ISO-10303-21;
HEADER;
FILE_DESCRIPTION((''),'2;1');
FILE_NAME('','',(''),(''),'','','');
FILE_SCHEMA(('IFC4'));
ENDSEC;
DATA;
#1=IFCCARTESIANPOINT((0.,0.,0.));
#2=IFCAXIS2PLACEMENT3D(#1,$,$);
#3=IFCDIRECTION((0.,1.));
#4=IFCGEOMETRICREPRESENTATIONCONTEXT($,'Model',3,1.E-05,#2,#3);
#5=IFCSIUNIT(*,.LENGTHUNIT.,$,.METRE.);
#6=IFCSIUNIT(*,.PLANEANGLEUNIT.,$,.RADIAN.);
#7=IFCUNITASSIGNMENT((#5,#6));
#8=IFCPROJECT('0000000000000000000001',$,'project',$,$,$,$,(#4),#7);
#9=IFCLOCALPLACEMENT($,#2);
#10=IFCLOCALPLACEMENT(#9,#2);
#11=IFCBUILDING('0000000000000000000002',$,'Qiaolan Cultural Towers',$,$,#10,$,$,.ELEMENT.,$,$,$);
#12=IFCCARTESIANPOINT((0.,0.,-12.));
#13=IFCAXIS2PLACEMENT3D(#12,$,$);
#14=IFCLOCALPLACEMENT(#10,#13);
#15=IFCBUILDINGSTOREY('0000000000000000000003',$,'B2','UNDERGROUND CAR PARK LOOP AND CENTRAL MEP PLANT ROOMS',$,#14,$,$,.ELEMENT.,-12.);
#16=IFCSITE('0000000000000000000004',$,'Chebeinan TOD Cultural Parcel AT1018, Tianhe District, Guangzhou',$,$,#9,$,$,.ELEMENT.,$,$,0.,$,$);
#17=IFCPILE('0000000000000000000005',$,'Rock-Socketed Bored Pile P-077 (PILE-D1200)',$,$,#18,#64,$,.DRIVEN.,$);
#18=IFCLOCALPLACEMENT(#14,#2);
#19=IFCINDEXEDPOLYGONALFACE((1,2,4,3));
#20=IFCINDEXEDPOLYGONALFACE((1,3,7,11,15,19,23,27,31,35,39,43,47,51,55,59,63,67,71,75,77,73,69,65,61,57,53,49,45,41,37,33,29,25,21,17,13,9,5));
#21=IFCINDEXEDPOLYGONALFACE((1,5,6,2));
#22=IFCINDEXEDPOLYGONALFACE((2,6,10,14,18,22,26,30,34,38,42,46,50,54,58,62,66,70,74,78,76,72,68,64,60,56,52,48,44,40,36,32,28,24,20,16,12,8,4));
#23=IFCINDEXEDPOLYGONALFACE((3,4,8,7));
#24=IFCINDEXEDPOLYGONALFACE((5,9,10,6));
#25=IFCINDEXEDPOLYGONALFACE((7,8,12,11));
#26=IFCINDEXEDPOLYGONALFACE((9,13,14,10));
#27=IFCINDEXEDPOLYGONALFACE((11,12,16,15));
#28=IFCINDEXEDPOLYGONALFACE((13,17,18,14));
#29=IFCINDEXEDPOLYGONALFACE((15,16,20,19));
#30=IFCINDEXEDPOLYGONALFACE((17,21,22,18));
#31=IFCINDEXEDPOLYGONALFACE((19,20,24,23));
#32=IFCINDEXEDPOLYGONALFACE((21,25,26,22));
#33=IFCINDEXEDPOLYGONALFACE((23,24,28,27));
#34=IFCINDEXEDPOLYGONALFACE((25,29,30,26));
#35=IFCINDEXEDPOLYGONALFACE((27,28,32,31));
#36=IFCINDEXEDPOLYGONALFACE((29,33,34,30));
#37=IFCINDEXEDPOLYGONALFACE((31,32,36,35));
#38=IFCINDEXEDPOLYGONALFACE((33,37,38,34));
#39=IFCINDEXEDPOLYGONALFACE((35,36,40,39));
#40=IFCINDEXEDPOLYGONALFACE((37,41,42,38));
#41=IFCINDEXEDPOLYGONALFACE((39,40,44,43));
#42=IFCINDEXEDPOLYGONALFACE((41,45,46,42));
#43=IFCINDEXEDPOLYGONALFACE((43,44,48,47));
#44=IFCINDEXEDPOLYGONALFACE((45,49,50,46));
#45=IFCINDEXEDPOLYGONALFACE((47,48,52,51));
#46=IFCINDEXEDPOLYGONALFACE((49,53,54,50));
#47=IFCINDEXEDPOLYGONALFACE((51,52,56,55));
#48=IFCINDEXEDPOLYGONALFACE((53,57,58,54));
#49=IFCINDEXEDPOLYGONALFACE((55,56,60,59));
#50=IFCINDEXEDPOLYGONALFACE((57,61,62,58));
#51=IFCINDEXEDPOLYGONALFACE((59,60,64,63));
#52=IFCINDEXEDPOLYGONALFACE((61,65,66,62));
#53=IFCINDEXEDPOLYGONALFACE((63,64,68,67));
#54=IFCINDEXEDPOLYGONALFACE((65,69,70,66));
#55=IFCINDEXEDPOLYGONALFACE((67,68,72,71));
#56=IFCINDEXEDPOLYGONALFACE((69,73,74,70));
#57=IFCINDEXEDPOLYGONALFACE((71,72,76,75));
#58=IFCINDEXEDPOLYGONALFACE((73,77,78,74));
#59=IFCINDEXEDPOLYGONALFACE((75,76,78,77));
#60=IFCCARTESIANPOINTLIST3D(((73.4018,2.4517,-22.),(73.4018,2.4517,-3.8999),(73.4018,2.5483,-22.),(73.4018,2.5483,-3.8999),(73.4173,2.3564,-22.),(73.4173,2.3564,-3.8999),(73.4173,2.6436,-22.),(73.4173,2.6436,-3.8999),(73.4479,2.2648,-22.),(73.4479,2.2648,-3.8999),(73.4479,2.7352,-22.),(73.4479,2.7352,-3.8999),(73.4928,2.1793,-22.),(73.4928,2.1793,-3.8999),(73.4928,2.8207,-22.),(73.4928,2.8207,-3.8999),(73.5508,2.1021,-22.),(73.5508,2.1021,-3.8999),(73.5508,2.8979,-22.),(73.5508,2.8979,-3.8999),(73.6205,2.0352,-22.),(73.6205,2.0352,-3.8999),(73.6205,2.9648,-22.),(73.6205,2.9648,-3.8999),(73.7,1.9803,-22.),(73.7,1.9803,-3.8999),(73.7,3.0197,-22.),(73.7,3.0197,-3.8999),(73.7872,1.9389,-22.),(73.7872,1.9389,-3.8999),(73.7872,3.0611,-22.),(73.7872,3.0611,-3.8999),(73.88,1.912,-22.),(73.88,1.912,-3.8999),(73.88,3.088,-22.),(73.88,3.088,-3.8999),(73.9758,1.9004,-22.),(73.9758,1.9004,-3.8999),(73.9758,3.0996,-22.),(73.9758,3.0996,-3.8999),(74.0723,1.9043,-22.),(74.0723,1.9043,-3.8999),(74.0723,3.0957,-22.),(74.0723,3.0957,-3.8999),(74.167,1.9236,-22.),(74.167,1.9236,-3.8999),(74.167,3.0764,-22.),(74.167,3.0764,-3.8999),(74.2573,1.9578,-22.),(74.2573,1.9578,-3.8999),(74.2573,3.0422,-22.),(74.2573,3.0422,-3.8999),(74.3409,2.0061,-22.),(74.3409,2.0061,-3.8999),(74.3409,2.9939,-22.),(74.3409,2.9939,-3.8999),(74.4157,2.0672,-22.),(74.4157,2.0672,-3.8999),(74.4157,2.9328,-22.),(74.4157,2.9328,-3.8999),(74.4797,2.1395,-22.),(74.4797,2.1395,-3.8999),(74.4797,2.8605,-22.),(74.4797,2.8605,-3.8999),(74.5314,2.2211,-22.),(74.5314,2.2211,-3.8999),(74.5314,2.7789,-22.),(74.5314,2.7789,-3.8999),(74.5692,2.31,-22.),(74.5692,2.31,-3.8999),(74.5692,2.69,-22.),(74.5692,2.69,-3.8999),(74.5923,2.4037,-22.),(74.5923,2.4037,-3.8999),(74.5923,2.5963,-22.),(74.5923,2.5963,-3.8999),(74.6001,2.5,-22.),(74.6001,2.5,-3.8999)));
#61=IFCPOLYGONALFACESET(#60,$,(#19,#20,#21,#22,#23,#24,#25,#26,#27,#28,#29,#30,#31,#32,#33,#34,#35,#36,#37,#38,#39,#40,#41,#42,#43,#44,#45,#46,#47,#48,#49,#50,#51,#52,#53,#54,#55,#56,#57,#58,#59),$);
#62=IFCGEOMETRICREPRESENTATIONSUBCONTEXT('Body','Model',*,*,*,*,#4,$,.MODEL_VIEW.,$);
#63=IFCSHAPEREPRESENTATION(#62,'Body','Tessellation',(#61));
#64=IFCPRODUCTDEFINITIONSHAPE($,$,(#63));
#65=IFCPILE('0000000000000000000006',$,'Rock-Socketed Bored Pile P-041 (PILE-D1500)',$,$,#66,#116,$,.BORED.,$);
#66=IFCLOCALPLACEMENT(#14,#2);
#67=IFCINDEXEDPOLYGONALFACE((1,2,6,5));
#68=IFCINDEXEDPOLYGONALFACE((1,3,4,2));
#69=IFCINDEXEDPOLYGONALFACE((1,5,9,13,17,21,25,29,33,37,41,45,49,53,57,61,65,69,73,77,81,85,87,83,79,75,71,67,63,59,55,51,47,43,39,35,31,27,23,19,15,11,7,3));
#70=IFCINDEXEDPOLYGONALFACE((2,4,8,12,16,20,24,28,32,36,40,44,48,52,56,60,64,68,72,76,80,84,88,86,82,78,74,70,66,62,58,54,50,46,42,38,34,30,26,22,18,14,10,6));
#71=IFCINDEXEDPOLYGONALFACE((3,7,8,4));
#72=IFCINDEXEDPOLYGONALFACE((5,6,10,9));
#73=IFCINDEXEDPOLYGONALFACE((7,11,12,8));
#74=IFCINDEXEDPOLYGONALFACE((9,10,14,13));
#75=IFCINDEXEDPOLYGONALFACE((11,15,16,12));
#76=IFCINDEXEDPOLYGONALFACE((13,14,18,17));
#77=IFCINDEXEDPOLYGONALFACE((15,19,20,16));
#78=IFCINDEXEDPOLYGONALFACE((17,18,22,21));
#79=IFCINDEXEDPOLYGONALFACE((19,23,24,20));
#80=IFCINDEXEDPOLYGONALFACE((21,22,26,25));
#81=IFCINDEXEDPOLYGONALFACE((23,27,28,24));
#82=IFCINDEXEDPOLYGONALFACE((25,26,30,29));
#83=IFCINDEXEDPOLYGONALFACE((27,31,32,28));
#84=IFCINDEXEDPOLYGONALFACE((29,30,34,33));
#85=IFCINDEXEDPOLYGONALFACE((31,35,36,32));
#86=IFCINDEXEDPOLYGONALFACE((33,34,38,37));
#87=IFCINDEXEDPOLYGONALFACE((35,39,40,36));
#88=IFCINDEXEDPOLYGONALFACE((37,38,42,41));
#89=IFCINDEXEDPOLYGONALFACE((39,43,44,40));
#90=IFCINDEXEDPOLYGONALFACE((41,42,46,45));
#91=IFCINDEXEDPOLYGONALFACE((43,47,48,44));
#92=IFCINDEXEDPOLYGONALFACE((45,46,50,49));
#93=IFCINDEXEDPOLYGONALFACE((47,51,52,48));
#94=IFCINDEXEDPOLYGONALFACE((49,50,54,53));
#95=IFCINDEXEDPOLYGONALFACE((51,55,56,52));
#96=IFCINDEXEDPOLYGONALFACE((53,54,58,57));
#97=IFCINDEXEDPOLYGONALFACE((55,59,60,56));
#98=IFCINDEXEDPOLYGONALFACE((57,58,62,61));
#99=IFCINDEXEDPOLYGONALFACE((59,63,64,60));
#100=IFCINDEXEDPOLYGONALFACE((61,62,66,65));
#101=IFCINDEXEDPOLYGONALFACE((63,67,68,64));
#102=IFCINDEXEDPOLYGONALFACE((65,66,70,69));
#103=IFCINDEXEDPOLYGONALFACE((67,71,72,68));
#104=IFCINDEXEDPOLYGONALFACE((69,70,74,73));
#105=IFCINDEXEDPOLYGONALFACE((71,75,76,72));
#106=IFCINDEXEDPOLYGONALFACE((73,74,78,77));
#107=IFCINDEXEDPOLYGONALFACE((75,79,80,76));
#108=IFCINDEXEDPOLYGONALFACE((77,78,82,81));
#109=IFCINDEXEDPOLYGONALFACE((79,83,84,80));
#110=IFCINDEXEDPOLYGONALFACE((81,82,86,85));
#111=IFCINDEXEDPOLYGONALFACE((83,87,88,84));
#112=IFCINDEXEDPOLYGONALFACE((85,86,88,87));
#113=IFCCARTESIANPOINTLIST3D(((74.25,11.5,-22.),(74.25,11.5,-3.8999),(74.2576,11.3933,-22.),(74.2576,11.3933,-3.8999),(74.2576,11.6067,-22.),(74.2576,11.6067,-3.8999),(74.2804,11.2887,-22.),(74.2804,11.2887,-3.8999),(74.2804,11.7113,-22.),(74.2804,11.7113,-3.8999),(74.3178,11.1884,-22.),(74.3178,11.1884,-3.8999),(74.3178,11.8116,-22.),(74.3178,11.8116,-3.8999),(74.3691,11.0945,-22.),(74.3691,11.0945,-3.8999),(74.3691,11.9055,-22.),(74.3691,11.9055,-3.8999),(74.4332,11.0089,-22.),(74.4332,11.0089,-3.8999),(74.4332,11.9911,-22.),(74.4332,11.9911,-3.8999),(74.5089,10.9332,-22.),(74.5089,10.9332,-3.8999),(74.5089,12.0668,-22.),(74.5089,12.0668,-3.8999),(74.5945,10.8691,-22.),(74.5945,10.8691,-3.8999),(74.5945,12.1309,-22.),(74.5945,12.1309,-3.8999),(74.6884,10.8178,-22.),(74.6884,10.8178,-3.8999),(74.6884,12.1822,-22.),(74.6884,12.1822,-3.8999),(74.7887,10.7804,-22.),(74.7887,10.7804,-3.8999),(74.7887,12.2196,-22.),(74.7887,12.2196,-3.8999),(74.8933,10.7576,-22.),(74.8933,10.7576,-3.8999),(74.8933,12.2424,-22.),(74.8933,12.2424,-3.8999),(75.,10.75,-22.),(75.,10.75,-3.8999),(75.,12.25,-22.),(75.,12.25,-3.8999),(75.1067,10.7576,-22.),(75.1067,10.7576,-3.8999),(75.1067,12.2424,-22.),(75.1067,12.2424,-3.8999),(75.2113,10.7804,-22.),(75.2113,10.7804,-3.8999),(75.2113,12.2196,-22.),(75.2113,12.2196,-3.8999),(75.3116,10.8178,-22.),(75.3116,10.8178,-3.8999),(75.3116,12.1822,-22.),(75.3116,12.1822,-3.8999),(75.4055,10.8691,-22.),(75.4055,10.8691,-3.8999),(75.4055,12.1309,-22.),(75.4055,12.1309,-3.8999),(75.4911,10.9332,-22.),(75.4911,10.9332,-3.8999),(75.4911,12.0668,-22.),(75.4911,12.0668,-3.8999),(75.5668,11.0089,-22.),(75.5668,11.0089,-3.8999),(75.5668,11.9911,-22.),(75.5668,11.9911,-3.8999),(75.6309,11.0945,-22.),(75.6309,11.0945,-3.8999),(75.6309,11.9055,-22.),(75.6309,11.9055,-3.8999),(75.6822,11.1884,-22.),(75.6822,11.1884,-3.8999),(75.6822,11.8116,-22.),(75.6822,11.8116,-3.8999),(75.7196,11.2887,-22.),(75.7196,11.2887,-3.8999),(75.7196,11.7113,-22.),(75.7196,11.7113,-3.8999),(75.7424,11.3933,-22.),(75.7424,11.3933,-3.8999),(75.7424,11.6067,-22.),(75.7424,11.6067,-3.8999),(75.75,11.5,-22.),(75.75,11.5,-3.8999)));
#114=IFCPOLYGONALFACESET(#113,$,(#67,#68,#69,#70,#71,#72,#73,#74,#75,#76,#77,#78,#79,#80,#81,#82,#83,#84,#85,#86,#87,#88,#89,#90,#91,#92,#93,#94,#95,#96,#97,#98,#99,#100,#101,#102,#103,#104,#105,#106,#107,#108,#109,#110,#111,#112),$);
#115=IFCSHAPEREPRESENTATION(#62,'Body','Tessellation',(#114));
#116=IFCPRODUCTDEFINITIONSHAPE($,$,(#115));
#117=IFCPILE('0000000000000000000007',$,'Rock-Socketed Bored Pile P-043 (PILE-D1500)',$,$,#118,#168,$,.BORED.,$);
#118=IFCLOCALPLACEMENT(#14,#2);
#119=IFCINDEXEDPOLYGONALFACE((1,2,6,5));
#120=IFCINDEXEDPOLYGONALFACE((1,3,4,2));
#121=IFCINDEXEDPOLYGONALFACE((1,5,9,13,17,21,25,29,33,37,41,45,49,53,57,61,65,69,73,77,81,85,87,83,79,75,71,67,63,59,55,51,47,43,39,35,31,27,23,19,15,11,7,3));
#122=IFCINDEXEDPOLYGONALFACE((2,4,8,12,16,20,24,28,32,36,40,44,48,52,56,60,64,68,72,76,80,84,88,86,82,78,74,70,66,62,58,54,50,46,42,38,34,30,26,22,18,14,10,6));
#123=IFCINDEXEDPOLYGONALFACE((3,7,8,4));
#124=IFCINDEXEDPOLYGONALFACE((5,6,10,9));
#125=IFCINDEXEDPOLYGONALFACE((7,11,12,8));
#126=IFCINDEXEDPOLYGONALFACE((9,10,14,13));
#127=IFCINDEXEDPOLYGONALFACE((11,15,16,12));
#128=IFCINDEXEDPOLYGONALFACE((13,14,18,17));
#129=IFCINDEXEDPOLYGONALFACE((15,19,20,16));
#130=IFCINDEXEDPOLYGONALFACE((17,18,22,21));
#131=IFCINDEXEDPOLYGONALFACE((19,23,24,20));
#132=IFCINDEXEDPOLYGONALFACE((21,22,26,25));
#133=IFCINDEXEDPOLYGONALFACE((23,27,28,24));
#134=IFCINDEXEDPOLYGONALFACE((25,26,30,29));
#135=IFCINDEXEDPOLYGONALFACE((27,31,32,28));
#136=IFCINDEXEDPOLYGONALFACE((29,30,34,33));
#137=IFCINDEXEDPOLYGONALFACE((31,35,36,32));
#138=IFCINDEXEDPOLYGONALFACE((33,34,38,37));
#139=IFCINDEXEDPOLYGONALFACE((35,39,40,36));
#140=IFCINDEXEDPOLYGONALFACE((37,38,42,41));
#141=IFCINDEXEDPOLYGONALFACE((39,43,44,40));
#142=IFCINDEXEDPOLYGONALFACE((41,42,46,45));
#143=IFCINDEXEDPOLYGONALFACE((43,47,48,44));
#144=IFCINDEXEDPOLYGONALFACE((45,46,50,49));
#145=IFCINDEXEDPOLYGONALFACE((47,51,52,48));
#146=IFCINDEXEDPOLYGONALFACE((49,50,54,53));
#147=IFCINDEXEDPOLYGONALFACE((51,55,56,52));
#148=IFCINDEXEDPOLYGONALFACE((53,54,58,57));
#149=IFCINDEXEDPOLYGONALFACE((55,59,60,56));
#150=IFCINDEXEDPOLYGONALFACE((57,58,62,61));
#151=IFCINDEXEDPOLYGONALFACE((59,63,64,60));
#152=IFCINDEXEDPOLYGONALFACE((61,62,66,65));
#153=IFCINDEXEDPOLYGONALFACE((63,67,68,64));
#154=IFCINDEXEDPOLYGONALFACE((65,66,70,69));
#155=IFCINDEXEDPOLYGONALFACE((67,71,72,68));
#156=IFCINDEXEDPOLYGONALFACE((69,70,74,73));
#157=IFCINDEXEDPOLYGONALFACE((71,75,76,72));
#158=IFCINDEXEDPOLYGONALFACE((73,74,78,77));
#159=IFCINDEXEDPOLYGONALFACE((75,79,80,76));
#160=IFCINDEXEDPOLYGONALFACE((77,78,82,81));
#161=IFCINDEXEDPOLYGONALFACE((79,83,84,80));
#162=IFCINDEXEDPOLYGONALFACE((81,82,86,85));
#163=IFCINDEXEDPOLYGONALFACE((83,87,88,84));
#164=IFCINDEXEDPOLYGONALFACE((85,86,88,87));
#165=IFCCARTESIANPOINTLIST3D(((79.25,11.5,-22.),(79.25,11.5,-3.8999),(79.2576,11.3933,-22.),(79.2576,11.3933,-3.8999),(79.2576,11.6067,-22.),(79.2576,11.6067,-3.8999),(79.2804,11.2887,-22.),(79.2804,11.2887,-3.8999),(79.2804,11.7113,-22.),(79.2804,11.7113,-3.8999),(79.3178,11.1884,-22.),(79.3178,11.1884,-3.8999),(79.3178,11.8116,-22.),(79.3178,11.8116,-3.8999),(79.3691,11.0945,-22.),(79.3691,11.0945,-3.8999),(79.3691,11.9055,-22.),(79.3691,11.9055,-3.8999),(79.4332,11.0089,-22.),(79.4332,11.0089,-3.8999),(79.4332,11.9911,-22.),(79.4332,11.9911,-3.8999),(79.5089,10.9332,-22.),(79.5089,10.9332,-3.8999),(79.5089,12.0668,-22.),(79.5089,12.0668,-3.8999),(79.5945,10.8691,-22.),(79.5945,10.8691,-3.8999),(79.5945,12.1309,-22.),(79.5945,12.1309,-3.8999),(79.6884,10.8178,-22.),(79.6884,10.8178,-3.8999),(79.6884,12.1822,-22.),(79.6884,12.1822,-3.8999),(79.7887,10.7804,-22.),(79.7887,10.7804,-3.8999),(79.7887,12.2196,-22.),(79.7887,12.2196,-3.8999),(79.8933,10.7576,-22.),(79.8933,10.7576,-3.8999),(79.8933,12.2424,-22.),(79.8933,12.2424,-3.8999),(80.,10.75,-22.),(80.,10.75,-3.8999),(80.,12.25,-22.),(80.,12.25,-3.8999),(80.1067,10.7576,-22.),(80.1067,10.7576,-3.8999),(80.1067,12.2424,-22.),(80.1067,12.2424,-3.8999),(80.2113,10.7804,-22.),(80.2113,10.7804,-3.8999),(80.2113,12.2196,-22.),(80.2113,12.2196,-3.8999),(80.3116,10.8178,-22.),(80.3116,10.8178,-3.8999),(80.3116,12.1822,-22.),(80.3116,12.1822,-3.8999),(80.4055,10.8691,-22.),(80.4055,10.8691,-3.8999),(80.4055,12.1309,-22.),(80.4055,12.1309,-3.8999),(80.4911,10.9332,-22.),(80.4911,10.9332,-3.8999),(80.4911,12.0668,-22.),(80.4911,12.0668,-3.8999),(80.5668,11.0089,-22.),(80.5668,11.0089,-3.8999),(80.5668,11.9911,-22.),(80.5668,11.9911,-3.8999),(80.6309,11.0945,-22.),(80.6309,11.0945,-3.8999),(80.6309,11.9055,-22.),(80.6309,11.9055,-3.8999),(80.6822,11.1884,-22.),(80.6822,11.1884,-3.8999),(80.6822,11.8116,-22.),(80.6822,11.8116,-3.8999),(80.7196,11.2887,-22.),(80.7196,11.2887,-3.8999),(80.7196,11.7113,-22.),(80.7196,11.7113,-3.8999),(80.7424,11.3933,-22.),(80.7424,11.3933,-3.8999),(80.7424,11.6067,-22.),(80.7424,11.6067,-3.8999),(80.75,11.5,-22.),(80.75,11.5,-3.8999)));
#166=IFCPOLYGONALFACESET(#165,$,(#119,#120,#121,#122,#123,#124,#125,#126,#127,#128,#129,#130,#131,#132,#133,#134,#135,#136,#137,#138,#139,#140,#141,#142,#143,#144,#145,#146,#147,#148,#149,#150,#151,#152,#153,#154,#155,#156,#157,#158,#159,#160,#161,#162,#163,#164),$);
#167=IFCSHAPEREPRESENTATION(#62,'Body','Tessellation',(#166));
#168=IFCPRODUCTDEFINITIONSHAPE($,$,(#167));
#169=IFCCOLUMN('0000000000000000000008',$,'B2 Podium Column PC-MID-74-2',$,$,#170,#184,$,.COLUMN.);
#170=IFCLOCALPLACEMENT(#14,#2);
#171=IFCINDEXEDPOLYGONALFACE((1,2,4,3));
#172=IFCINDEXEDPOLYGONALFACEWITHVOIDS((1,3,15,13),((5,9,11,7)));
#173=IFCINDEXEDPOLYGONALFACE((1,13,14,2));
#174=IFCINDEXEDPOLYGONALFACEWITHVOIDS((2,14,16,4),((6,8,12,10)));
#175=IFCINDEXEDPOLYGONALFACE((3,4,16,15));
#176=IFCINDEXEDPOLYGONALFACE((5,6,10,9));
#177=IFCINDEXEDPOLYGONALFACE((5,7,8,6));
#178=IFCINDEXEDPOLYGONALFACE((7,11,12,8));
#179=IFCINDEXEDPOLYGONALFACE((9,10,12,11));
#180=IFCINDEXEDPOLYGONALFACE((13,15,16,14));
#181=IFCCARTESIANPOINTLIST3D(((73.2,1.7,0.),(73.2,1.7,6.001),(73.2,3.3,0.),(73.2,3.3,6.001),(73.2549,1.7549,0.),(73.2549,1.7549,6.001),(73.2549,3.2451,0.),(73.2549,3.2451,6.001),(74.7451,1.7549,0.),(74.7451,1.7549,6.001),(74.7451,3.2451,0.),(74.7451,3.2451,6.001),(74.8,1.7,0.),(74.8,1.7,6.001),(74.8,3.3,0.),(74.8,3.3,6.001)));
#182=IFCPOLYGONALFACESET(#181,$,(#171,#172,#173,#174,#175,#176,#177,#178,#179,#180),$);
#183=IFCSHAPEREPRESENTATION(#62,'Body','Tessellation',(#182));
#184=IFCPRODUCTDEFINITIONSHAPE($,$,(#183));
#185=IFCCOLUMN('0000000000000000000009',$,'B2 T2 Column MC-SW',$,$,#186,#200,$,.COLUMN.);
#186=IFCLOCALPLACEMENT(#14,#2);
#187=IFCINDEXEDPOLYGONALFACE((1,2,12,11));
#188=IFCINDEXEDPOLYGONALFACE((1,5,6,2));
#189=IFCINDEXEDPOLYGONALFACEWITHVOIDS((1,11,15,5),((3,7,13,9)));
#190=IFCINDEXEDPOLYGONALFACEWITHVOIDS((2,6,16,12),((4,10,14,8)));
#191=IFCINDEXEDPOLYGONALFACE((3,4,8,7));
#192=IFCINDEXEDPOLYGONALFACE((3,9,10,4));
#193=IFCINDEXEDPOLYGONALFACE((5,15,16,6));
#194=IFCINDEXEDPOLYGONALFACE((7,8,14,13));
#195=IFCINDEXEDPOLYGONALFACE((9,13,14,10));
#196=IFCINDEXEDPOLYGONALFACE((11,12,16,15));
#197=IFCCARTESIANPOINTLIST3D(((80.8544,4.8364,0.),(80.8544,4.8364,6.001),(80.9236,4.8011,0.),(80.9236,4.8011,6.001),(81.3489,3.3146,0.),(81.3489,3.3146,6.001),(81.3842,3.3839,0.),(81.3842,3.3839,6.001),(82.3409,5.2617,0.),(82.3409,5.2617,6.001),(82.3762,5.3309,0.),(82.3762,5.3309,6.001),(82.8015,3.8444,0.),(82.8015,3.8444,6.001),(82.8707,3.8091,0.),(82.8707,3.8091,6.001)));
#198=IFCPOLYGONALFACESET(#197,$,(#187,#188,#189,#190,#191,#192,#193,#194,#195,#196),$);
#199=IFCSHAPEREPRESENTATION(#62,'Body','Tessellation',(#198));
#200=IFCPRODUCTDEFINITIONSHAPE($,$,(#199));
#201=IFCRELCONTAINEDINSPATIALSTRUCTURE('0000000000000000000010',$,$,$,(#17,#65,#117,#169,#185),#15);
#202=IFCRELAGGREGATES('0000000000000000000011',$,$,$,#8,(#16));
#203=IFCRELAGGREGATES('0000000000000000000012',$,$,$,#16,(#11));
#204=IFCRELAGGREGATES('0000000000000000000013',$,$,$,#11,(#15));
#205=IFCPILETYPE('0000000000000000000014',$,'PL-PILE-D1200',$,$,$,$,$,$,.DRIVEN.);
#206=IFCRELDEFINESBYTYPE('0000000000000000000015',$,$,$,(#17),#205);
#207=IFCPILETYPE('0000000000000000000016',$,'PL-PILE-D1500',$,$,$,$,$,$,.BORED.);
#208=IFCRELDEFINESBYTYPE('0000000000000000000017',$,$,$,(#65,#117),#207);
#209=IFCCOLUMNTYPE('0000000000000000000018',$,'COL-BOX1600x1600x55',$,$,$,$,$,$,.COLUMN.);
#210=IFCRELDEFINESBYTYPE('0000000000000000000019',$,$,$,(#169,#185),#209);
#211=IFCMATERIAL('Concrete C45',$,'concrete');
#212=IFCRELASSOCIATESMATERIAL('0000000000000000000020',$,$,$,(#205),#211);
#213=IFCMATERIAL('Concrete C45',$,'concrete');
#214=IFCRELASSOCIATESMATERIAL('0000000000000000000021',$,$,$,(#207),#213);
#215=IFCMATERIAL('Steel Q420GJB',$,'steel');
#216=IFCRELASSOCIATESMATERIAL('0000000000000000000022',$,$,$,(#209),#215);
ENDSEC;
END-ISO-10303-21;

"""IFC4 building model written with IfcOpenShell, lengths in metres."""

from ifc_helpers import new_model, si_unit, direction, frame, origin, origin_2d, place, context, subcontext, project, spatial, hollow_rectangle, circle, extrude, material, material_profile, profile_set, type_object, element, save


model = new_model("IFC4")

# Units and contexts
model_context = context("Model", 3, precision=1e-05, world=origin(), true_north=direction((0.0, 1.0)))
body_context = subcontext(model_context, "Body", "Model", "MODEL_VIEW")
ifc_project = project(units=[si_unit("LENGTHUNIT", "METRE"), si_unit("PLANEANGLEUNIT", "RADIAN")], contexts=[model_context])

# Site, building, storey
site_placement = place(None, origin())
site = spatial("IfcSite", under=ifc_project, at=site_placement, Name="Chebeinan TOD Cultural Parcel AT1018, Tianhe District, Guangzhou", CompositionType="ELEMENT", RefElevation=0.0)
building_placement = place(site_placement, origin())
building = spatial("IfcBuilding", under=site, at=building_placement, Name="Qiaolan Cultural Towers", CompositionType="ELEMENT")
storey_placement = place(building_placement, frame((0.0, 0.0, -12.0)))
storey = spatial("IfcBuildingStorey", under=building, at=storey_placement, Name="B2", Description="UNDERGROUND CAR PARK LOOP AND CENTRAL MEP PLANT ROOMS", CompositionType="ELEMENT", Elevation=-12.0)

# Piles
ifc_material_1 = material(Name="Concrete C45", Category="concrete")
ifc_material_profile_1 = material_profile(ifc_material_1, circle(Radius=0.6001, at=origin_2d()), Name="PILE-D1200")
ifc_profile_set_1 = profile_set([ifc_material_profile_1], Name="Concrete C45")
pile_type_1 = type_object("IfcPileType", Name="PL-PILE-D1200", PredefinedType="DRIVEN", material=ifc_profile_set_1)
pile_placement = place(storey_placement, frame((74.0, 2.5, -3.8999), z_axis=(0.0, 0.0, -1.0), x_axis=(1.0, 0.0, 0.0)))
element("IfcPile", 1, at=pile_placement, inside=storey, type_object=pile_type_1, Name="Rock-Socketed Bored Pile P-077 (PILE-D1200)", PredefinedType="DRIVEN", context=body_context, shape_type="SweptSolid", body=[
    extrude(circle(Radius=0.6001, at=origin_2d()), origin(), (0.0, 0.0, 1.0), 18.1001),
])
ifc_material_2 = material(Name="Concrete C45", Category="concrete")
ifc_material_profile_2 = material_profile(ifc_material_2, circle(Radius=0.75, at=origin_2d()), Name="PILE-D1500")
ifc_profile_set_2 = profile_set([ifc_material_profile_2], Name="Concrete C45")
pile_type_2 = type_object("IfcPileType", Name="PL-PILE-D1500", PredefinedType="BORED", material=ifc_profile_set_2)
for number, where, z_axis, x_axis, name in (
    (2, (75.0, 11.5, -3.8999), (0.0, 0.0, -1.0), (1.0, 0.0, 0.0), "Rock-Socketed Bored Pile P-041 (PILE-D1500)"),
    (3, (80.0, 11.5, -3.8999), (0.0, 0.0, -1.0), (1.0, 0.0, 0.0), "Rock-Socketed Bored Pile P-043 (PILE-D1500)"),
):
    element("IfcPile", number, at=place(storey_placement, frame(where, z_axis=z_axis, x_axis=x_axis)), inside=storey, type_object=pile_type_2, Name=name, PredefinedType="BORED", context=body_context, shape_type="SweptSolid", body=[
        extrude(circle(Radius=0.75, at=origin_2d()), origin(), (0.0, 0.0, 1.0), 18.1001),
    ])

# Columns
ifc_material_3 = material(Name="Steel Q420GJB", Category="steel")
ifc_material_profile_3 = material_profile(ifc_material_3, hollow_rectangle(XDim=1.6001, YDim=1.6001, WallThickness=0.0549, at=origin_2d()), Name="BOX1600x1600x55")
ifc_profile_set_3 = profile_set([ifc_material_profile_3], Name="Steel Q420GJB")
column_type_1 = type_object("IfcColumnType", Name="COL-BOX1600x1600x55", PredefinedType="COLUMN", material=ifc_profile_set_3)
for number, where, z_axis, x_axis, name in (
    (4, (74.0, 2.5, 0.0), (0.0, 0.0, 1.0), (1.0, 0.0, 0.0), "B2 Podium Column PC-MID-74-2"),
    (5, (81.8625, 4.3228, 0.0), (0.0, 0.0, 1.0), (0.951057, 0.309017, 0.0), "B2 T2 Column MC-SW"),
):
    element("IfcColumn", number, at=place(storey_placement, frame(where, z_axis=z_axis, x_axis=x_axis)), inside=storey, type_object=column_type_1, Name=name, PredefinedType="COLUMN", context=body_context, shape_type="SweptSolid", body=[
        extrude(hollow_rectangle(XDim=1.6001, YDim=1.6001, WallThickness=0.0549, at=origin_2d()), origin(), (0.0, 0.0, 1.0), 6.001),
    ])

save(model, "model.ifc")
